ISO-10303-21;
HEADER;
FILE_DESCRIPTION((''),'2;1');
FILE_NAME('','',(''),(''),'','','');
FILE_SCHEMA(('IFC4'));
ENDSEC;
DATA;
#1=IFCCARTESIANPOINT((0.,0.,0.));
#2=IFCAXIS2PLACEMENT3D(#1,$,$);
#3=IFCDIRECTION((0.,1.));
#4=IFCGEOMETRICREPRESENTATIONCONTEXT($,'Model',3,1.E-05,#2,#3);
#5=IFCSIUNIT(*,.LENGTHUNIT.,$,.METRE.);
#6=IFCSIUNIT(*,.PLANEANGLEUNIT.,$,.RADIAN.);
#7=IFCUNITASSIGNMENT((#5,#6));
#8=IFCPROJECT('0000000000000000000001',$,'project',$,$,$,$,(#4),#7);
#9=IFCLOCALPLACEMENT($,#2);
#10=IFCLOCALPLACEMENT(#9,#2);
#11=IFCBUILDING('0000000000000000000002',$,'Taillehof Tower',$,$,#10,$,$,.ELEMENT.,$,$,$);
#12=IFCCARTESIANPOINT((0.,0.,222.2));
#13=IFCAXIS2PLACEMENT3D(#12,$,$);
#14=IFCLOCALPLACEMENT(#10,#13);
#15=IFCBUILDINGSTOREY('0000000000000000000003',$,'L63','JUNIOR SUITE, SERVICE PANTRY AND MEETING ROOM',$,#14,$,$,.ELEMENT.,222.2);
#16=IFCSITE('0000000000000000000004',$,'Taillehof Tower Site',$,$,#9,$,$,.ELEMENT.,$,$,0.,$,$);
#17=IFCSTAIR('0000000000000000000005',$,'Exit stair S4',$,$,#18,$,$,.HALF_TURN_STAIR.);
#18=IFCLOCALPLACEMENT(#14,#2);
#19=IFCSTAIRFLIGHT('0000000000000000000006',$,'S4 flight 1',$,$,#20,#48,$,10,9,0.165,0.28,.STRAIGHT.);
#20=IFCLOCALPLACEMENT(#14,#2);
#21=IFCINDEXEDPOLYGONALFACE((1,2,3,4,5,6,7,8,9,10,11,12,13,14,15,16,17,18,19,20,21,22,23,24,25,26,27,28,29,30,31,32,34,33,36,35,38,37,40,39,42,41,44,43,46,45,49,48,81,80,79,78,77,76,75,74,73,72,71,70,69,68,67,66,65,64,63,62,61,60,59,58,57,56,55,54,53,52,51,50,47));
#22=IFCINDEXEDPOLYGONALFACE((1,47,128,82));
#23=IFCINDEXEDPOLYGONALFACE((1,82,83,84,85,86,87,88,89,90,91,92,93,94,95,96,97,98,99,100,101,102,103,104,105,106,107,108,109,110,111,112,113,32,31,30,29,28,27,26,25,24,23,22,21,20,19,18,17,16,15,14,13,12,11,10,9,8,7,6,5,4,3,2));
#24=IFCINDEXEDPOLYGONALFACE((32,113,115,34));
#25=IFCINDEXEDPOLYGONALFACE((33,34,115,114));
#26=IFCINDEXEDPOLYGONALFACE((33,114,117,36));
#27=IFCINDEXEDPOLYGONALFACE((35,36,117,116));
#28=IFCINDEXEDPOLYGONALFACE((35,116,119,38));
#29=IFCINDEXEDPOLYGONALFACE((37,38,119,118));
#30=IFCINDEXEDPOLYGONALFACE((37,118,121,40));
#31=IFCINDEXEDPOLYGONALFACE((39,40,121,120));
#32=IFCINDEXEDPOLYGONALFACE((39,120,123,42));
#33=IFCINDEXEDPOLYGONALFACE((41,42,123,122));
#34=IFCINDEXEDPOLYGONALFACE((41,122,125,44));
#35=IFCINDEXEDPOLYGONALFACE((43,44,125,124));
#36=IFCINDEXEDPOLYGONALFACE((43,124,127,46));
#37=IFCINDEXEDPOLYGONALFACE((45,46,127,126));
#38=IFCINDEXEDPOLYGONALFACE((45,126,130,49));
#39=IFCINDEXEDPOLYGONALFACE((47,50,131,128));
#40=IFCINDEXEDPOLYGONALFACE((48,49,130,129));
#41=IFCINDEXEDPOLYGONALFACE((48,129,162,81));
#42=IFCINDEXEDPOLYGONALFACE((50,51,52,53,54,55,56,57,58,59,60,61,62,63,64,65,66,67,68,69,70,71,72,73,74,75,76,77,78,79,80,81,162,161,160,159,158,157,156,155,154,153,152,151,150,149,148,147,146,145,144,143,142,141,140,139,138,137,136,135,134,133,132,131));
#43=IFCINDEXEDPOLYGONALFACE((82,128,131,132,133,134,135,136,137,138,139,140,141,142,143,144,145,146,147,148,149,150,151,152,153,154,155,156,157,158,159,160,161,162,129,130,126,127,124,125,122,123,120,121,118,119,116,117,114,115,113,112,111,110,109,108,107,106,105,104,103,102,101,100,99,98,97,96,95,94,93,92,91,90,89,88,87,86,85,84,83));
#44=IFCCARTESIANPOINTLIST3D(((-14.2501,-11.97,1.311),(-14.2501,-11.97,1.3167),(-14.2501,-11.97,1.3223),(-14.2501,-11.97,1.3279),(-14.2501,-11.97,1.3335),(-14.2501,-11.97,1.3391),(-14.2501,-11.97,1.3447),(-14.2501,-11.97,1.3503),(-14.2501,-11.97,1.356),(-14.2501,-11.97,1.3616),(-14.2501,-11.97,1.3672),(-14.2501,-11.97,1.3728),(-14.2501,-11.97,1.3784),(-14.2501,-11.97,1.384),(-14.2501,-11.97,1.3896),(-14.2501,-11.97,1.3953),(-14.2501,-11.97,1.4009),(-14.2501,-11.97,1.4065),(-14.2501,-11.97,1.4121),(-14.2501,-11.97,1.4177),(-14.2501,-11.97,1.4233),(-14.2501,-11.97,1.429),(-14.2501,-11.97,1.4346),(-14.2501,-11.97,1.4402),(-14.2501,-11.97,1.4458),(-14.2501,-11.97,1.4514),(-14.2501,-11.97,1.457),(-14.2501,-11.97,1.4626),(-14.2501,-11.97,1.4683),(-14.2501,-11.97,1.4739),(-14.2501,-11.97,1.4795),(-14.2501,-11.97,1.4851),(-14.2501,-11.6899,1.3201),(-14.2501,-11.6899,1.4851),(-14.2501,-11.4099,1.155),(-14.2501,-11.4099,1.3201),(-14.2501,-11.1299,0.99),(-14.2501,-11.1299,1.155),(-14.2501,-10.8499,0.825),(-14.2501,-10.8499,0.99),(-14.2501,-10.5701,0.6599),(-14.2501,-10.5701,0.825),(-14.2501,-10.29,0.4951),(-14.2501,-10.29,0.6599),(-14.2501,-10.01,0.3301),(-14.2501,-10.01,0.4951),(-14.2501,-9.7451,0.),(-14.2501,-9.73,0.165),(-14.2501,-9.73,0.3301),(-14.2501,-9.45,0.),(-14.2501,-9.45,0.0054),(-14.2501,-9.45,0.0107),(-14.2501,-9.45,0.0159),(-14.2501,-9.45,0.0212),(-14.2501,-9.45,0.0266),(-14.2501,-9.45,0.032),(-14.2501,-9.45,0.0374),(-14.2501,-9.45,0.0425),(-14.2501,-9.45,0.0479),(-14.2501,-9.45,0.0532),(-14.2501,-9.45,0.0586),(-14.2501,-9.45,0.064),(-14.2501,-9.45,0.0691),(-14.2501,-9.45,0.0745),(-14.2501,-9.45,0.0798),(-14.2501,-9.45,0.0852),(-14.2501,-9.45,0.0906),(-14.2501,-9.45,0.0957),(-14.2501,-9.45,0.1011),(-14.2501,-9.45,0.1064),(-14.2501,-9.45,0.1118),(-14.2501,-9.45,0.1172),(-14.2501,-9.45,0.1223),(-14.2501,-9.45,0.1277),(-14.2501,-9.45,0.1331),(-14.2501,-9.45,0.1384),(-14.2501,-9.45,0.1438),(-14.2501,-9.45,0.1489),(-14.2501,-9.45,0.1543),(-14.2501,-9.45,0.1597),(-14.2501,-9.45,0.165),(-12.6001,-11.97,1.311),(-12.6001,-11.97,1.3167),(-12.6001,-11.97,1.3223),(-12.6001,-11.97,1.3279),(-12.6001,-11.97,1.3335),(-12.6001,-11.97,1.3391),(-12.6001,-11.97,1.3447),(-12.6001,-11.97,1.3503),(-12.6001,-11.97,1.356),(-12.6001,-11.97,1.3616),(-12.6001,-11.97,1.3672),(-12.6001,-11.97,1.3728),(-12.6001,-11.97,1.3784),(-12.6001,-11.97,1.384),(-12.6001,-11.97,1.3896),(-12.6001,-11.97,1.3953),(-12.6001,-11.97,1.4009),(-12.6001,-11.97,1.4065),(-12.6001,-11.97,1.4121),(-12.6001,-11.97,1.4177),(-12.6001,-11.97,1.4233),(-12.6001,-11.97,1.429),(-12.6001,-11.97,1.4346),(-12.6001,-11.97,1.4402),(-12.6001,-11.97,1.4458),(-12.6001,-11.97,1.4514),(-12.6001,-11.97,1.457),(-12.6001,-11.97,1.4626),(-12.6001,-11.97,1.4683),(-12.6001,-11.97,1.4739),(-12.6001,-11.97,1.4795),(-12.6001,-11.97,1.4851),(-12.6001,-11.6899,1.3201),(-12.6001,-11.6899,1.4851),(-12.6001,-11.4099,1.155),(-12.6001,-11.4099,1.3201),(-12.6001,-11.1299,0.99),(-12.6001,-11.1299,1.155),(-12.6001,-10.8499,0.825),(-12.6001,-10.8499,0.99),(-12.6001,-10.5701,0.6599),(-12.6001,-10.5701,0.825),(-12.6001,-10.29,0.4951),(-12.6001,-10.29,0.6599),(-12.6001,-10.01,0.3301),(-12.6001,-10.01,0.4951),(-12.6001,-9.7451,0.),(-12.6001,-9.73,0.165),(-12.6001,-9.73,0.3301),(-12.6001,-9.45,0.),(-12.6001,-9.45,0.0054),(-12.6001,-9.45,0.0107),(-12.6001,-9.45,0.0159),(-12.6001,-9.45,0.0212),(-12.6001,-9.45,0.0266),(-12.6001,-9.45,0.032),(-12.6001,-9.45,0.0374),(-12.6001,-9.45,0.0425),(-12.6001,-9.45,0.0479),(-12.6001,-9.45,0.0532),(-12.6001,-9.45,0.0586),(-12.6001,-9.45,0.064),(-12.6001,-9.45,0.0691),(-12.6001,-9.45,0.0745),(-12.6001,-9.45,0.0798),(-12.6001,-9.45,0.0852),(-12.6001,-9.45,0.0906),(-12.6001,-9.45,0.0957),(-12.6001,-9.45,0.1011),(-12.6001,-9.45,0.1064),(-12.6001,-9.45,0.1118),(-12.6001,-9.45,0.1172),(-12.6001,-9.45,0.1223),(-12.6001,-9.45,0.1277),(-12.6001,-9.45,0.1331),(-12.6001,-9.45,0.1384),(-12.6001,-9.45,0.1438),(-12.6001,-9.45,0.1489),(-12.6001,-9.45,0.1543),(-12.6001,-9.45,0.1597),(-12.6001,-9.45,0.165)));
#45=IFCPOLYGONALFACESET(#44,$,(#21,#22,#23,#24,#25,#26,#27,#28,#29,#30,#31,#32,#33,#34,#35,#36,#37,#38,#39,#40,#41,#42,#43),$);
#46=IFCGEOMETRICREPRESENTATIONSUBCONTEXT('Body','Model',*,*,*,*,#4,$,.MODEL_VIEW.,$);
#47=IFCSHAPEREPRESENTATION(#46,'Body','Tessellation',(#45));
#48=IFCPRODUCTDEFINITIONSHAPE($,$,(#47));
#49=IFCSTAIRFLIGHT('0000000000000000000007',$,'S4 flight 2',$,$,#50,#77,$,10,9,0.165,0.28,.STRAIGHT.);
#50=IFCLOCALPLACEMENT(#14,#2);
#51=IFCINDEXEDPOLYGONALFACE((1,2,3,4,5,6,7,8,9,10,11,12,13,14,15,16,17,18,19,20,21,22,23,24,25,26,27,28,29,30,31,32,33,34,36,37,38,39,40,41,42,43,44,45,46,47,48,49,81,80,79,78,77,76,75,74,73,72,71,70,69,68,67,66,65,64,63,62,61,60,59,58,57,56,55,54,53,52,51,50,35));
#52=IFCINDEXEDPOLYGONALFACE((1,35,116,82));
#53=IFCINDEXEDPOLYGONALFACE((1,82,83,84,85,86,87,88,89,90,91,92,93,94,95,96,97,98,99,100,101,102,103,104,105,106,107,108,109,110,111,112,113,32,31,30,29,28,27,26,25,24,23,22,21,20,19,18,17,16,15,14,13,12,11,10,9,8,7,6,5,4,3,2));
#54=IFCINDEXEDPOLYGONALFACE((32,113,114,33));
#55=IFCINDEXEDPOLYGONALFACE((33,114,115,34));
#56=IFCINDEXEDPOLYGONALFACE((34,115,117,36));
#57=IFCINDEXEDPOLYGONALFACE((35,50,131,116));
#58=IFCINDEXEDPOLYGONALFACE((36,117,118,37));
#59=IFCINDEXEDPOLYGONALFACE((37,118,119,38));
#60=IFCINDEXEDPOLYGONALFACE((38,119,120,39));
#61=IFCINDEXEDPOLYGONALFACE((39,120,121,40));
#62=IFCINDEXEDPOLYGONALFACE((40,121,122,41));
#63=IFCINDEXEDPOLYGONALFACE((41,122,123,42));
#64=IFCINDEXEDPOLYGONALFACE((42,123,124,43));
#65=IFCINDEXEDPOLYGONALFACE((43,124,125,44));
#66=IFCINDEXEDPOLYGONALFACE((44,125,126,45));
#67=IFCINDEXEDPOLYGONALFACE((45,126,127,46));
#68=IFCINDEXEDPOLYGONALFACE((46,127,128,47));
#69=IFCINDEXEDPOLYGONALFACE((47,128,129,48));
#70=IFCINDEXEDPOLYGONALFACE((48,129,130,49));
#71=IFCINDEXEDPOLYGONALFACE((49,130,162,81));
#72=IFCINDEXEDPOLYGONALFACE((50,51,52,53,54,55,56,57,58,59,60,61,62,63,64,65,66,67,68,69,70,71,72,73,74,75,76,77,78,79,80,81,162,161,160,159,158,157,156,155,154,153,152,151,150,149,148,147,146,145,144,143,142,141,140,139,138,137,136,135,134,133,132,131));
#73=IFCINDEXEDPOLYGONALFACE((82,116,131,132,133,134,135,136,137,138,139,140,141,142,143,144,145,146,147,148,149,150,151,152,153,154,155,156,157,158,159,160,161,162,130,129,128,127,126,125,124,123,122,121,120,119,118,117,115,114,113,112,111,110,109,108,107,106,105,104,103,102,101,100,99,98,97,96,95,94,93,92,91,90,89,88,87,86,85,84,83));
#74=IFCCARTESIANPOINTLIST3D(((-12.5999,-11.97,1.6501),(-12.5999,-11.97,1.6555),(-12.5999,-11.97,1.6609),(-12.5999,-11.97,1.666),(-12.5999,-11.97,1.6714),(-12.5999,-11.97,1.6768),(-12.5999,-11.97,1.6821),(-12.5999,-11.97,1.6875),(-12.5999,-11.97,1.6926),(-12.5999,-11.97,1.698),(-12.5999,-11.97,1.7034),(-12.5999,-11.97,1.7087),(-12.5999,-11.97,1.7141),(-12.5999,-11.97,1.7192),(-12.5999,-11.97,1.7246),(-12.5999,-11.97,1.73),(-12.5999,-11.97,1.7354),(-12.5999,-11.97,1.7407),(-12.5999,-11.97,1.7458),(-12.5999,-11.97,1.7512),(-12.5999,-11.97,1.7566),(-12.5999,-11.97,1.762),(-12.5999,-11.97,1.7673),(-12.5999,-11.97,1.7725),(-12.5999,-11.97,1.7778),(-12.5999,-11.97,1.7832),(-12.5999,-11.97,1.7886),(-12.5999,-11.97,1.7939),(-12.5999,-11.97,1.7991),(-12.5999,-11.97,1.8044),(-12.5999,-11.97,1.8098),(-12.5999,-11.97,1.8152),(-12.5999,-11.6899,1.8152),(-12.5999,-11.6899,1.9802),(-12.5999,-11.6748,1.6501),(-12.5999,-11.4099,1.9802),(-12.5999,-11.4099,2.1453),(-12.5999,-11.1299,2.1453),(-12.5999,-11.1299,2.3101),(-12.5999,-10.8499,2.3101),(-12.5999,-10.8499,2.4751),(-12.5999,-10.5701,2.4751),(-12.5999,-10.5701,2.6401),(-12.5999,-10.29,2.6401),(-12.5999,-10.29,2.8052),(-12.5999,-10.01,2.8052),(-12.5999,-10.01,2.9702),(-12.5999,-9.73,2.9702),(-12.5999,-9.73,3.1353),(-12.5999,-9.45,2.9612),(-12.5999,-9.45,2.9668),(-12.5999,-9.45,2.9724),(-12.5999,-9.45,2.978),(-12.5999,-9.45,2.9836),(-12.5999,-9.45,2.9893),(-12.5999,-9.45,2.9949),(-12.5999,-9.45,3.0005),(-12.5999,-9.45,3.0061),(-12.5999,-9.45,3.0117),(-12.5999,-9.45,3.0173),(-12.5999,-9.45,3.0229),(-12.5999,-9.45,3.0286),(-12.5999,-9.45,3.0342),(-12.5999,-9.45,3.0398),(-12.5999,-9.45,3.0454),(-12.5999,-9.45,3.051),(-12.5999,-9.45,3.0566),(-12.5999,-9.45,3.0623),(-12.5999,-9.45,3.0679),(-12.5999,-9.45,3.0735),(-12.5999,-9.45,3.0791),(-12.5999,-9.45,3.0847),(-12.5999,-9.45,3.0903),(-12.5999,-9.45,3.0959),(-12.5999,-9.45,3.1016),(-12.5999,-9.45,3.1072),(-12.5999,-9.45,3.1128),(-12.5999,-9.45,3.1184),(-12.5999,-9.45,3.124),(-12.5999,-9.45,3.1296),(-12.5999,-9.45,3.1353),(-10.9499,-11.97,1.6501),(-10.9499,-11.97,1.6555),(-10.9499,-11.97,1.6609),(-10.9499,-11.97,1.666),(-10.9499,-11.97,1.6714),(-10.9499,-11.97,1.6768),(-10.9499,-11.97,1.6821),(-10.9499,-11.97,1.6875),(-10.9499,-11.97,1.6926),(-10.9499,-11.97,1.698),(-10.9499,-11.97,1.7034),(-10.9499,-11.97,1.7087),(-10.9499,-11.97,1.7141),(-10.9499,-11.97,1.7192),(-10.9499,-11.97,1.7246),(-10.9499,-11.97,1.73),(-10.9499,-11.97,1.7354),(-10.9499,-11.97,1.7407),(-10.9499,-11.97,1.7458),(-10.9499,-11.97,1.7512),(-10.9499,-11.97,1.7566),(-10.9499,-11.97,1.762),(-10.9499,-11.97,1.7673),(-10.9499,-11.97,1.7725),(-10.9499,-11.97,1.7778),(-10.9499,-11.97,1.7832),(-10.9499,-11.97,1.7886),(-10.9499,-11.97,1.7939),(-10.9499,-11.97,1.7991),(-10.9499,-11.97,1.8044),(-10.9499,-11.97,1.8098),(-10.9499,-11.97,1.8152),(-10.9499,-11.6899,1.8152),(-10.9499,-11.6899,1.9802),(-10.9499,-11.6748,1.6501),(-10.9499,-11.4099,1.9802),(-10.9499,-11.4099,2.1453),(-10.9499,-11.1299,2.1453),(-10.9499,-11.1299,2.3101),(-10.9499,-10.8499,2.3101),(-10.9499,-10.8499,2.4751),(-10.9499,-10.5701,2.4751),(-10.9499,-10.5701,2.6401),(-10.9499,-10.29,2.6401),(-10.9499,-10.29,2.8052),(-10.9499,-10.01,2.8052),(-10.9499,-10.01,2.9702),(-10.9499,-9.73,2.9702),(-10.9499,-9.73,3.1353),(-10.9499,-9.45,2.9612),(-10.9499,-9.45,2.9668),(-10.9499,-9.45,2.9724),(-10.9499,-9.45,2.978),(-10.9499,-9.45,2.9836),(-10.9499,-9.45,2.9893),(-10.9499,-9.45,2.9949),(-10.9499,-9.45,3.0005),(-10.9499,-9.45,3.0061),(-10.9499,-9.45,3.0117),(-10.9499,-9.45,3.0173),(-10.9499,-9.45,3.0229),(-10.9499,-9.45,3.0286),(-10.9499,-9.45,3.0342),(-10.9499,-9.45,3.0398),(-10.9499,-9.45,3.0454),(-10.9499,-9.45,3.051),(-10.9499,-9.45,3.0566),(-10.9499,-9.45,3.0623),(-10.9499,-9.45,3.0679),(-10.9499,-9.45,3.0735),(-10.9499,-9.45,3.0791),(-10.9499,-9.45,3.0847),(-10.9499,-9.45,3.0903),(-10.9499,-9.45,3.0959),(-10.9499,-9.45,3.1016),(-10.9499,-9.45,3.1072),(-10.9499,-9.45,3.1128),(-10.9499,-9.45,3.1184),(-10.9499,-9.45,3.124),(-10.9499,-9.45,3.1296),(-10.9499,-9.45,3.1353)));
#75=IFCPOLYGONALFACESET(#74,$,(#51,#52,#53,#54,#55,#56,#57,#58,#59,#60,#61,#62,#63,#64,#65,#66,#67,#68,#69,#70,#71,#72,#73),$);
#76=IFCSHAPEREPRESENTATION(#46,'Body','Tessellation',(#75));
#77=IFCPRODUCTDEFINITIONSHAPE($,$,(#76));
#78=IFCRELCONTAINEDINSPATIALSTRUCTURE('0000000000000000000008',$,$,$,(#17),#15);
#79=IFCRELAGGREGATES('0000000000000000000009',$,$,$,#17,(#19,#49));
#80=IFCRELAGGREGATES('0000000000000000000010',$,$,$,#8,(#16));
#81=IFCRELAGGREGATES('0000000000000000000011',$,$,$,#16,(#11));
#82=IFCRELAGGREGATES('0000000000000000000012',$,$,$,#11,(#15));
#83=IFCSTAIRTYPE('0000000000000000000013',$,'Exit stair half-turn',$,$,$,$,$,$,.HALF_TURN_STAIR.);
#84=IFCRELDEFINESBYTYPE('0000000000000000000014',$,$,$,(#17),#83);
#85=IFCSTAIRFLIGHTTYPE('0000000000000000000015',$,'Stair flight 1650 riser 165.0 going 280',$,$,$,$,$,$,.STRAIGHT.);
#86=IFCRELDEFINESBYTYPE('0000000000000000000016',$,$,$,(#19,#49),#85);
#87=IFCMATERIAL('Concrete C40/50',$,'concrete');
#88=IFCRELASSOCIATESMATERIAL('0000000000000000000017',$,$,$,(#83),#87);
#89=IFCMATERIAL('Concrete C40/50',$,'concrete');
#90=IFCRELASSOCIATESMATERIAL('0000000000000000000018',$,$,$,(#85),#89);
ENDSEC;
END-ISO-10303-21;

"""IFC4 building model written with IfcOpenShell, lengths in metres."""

from ifc_helpers import new_model, si_unit, direction, frame, origin, place, context, subcontext, project, spatial, polyline, outline, extrude, material, type_object, element, aggregate, save


model = new_model("IFC4")

# Units and contexts
model_context = context("Model", 3, precision=1e-05, world=origin(), true_north=direction((0.0, 1.0)))
body_context = subcontext(model_context, "Body", "Model", "MODEL_VIEW")
ifc_project = project(units=[si_unit("LENGTHUNIT", "METRE"), si_unit("PLANEANGLEUNIT", "RADIAN")], contexts=[model_context])

# Site, building, storey
site_placement = place(None, origin())
site = spatial("IfcSite", under=ifc_project, at=site_placement, Name="Taillehof Tower Site", CompositionType="ELEMENT", RefElevation=0.0)
building_placement = place(site_placement, origin())
building = spatial("IfcBuilding", under=site, at=building_placement, Name="Taillehof Tower", CompositionType="ELEMENT")
storey_placement = place(building_placement, frame((0.0, 0.0, 222.2)))
storey = spatial("IfcBuildingStorey", under=building, at=storey_placement, Name="L63", Description="JUNIOR SUITE, SERVICE PANTRY AND MEETING ROOM", CompositionType="ELEMENT", Elevation=222.2)

# Stair, stair flights
ifc_material_1 = material(Name="Concrete C40/50", Category="concrete")
stair_type = type_object("IfcStairType", Name="Exit stair half-turn", PredefinedType="HALF_TURN_STAIR", material=ifc_material_1)
stair_placement = place(storey_placement, origin())
stair = element("IfcStair", 1, at=stair_placement, inside=storey, type_object=stair_type, Name="Exit stair S4", PredefinedType="HALF_TURN_STAIR")
ifc_material_2 = material(Name="Concrete C40/50", Category="concrete")
stair_flight_type = type_object("IfcStairFlightType", Name="Stair flight 1650 riser 165.0 going 280", PredefinedType="STRAIGHT", material=ifc_material_2)
stair_flight_1_placement = place(storey_placement, frame((-13.425, -9.45, 0.0), z_axis=(0.0, 0.0, 1.0), x_axis=(0.0, -1.0, 0.0)))
stair_flight_1 = element("IfcStairFlight", 2, at=stair_flight_1_placement, type_object=stair_flight_type, Name="S4 flight 1", NumberOfRisers=10, NumberOfTreads=9, PredefinedType="STRAIGHT", RiserHeight=0.165, TreadLength=0.28, context=body_context, shape_type="SweptSolid", body=[
    extrude(outline(polyline([(0.0, 0.0), (0.0, 0.0054), (0.0, 0.0107), (0.0, 0.0159), (0.0, 0.0212), (0.0, 0.0266), (0.0, 0.032), (0.0, 0.0374), (0.0, 0.0425), (0.0, 0.0479), (0.0, 0.0532), (0.0, 0.0586), (0.0, 0.064), (0.0, 0.0691), (0.0, 0.0745), (0.0, 0.0798), (0.0, 0.0852), (0.0, 0.0906), (0.0, 0.0957), (0.0, 0.1011), (0.0, 0.1064), (0.0, 0.1118), (0.0, 0.1172), (0.0, 0.1223), (0.0, 0.1277), (0.0, 0.1331), (0.0, 0.1384), (0.0, 0.1438), (0.0, 0.1489), (0.0, 0.1543), (0.0, 0.1597), (0.0, 0.165), (0.28, 0.165), (0.28, 0.3301), (0.5601, 0.3301), (0.5601, 0.4951), (0.8401, 0.4951), (0.8401, 0.6599), (1.1201, 0.6599), (1.1201, 0.825), (1.3999, 0.825), (1.3999, 0.99), (1.6799, 0.99), (1.6799, 1.155), (1.96, 1.155), (1.96, 1.3201), (2.24, 1.3201), (2.24, 1.4851), (2.52, 1.4851), (2.52, 1.4795), (2.52, 1.4739), (2.52, 1.4683), (2.52, 1.4626), (2.52, 1.457), (2.52, 1.4514), (2.52, 1.4458), (2.52, 1.4402), (2.52, 1.4346), (2.52, 1.429), (2.52, 1.4233), (2.52, 1.4177), (2.52, 1.4121), (2.52, 1.4065), (2.52, 1.4009), (2.52, 1.3953), (2.52, 1.3896), (2.52, 1.384), (2.52, 1.3784), (2.52, 1.3728), (2.52, 1.3672), (2.52, 1.3616), (2.52, 1.356), (2.52, 1.3503), (2.52, 1.3447), (2.52, 1.3391), (2.52, 1.3335), (2.52, 1.3279), (2.52, 1.3223), (2.52, 1.3167), (2.52, 1.311), (0.2952, 0.0), (0.0, 0.0)])), frame((0.0, 0.825, 0.0), z_axis=(0.0, -1.0, 0.0), x_axis=(1.0, 0.0, 0.0)), (0.0, 0.0, 1.0), 1.65),
])
stair_flight_2_placement = place(storey_placement, frame((-11.7749, -11.97, 1.6501), z_axis=(0.0, 0.0, 1.0), x_axis=(0.0, 1.0, 0.0)))
stair_flight_2 = element("IfcStairFlight", 3, at=stair_flight_2_placement, type_object=stair_flight_type, Name="S4 flight 2", NumberOfRisers=10, NumberOfTreads=9, PredefinedType="STRAIGHT", RiserHeight=0.165, TreadLength=0.28, context=body_context, shape_type="SweptSolid", body=[
    extrude(outline(polyline([(0.0, 0.0), (0.0, 0.0054), (0.0, 0.0107), (0.0, 0.0159), (0.0, 0.0212), (0.0, 0.0266), (0.0, 0.032), (0.0, 0.0374), (0.0, 0.0425), (0.0, 0.0479), (0.0, 0.0532), (0.0, 0.0586), (0.0, 0.064), (0.0, 0.0691), (0.0, 0.0745), (0.0, 0.0798), (0.0, 0.0852), (0.0, 0.0906), (0.0, 0.0957), (0.0, 0.1011), (0.0, 0.1064), (0.0, 0.1118), (0.0, 0.1172), (0.0, 0.1223), (0.0, 0.1277), (0.0, 0.1331), (0.0, 0.1384), (0.0, 0.1438), (0.0, 0.1489), (0.0, 0.1543), (0.0, 0.1597), (0.0, 0.165), (0.28, 0.165), (0.28, 0.3301), (0.5601, 0.3301), (0.5601, 0.4951), (0.8401, 0.4951), (0.8401, 0.6599), (1.1201, 0.6599), (1.1201, 0.825), (1.3999, 0.825), (1.3999, 0.99), (1.6799, 0.99), (1.6799, 1.155), (1.96, 1.155), (1.96, 1.3201), (2.24, 1.3201), (2.24, 1.4851), (2.52, 1.4851), (2.52, 1.4795), (2.52, 1.4739), (2.52, 1.4683), (2.52, 1.4626), (2.52, 1.457), (2.52, 1.4514), (2.52, 1.4458), (2.52, 1.4402), (2.52, 1.4346), (2.52, 1.429), (2.52, 1.4233), (2.52, 1.4177), (2.52, 1.4121), (2.52, 1.4065), (2.52, 1.4009), (2.52, 1.3953), (2.52, 1.3896), (2.52, 1.384), (2.52, 1.3784), (2.52, 1.3728), (2.52, 1.3672), (2.52, 1.3616), (2.52, 1.356), (2.52, 1.3503), (2.52, 1.3447), (2.52, 1.3391), (2.52, 1.3335), (2.52, 1.3279), (2.52, 1.3223), (2.52, 1.3167), (2.52, 1.311), (0.2952, 0.0), (0.0, 0.0)])), frame((0.0, 0.825, 0.0), z_axis=(0.0, -1.0, 0.0), x_axis=(1.0, 0.0, 0.0)), (0.0, 0.0, 1.0), 1.65),
])
aggregate(stair, [stair_flight_1, stair_flight_2])

save(model, "model.ifc")
